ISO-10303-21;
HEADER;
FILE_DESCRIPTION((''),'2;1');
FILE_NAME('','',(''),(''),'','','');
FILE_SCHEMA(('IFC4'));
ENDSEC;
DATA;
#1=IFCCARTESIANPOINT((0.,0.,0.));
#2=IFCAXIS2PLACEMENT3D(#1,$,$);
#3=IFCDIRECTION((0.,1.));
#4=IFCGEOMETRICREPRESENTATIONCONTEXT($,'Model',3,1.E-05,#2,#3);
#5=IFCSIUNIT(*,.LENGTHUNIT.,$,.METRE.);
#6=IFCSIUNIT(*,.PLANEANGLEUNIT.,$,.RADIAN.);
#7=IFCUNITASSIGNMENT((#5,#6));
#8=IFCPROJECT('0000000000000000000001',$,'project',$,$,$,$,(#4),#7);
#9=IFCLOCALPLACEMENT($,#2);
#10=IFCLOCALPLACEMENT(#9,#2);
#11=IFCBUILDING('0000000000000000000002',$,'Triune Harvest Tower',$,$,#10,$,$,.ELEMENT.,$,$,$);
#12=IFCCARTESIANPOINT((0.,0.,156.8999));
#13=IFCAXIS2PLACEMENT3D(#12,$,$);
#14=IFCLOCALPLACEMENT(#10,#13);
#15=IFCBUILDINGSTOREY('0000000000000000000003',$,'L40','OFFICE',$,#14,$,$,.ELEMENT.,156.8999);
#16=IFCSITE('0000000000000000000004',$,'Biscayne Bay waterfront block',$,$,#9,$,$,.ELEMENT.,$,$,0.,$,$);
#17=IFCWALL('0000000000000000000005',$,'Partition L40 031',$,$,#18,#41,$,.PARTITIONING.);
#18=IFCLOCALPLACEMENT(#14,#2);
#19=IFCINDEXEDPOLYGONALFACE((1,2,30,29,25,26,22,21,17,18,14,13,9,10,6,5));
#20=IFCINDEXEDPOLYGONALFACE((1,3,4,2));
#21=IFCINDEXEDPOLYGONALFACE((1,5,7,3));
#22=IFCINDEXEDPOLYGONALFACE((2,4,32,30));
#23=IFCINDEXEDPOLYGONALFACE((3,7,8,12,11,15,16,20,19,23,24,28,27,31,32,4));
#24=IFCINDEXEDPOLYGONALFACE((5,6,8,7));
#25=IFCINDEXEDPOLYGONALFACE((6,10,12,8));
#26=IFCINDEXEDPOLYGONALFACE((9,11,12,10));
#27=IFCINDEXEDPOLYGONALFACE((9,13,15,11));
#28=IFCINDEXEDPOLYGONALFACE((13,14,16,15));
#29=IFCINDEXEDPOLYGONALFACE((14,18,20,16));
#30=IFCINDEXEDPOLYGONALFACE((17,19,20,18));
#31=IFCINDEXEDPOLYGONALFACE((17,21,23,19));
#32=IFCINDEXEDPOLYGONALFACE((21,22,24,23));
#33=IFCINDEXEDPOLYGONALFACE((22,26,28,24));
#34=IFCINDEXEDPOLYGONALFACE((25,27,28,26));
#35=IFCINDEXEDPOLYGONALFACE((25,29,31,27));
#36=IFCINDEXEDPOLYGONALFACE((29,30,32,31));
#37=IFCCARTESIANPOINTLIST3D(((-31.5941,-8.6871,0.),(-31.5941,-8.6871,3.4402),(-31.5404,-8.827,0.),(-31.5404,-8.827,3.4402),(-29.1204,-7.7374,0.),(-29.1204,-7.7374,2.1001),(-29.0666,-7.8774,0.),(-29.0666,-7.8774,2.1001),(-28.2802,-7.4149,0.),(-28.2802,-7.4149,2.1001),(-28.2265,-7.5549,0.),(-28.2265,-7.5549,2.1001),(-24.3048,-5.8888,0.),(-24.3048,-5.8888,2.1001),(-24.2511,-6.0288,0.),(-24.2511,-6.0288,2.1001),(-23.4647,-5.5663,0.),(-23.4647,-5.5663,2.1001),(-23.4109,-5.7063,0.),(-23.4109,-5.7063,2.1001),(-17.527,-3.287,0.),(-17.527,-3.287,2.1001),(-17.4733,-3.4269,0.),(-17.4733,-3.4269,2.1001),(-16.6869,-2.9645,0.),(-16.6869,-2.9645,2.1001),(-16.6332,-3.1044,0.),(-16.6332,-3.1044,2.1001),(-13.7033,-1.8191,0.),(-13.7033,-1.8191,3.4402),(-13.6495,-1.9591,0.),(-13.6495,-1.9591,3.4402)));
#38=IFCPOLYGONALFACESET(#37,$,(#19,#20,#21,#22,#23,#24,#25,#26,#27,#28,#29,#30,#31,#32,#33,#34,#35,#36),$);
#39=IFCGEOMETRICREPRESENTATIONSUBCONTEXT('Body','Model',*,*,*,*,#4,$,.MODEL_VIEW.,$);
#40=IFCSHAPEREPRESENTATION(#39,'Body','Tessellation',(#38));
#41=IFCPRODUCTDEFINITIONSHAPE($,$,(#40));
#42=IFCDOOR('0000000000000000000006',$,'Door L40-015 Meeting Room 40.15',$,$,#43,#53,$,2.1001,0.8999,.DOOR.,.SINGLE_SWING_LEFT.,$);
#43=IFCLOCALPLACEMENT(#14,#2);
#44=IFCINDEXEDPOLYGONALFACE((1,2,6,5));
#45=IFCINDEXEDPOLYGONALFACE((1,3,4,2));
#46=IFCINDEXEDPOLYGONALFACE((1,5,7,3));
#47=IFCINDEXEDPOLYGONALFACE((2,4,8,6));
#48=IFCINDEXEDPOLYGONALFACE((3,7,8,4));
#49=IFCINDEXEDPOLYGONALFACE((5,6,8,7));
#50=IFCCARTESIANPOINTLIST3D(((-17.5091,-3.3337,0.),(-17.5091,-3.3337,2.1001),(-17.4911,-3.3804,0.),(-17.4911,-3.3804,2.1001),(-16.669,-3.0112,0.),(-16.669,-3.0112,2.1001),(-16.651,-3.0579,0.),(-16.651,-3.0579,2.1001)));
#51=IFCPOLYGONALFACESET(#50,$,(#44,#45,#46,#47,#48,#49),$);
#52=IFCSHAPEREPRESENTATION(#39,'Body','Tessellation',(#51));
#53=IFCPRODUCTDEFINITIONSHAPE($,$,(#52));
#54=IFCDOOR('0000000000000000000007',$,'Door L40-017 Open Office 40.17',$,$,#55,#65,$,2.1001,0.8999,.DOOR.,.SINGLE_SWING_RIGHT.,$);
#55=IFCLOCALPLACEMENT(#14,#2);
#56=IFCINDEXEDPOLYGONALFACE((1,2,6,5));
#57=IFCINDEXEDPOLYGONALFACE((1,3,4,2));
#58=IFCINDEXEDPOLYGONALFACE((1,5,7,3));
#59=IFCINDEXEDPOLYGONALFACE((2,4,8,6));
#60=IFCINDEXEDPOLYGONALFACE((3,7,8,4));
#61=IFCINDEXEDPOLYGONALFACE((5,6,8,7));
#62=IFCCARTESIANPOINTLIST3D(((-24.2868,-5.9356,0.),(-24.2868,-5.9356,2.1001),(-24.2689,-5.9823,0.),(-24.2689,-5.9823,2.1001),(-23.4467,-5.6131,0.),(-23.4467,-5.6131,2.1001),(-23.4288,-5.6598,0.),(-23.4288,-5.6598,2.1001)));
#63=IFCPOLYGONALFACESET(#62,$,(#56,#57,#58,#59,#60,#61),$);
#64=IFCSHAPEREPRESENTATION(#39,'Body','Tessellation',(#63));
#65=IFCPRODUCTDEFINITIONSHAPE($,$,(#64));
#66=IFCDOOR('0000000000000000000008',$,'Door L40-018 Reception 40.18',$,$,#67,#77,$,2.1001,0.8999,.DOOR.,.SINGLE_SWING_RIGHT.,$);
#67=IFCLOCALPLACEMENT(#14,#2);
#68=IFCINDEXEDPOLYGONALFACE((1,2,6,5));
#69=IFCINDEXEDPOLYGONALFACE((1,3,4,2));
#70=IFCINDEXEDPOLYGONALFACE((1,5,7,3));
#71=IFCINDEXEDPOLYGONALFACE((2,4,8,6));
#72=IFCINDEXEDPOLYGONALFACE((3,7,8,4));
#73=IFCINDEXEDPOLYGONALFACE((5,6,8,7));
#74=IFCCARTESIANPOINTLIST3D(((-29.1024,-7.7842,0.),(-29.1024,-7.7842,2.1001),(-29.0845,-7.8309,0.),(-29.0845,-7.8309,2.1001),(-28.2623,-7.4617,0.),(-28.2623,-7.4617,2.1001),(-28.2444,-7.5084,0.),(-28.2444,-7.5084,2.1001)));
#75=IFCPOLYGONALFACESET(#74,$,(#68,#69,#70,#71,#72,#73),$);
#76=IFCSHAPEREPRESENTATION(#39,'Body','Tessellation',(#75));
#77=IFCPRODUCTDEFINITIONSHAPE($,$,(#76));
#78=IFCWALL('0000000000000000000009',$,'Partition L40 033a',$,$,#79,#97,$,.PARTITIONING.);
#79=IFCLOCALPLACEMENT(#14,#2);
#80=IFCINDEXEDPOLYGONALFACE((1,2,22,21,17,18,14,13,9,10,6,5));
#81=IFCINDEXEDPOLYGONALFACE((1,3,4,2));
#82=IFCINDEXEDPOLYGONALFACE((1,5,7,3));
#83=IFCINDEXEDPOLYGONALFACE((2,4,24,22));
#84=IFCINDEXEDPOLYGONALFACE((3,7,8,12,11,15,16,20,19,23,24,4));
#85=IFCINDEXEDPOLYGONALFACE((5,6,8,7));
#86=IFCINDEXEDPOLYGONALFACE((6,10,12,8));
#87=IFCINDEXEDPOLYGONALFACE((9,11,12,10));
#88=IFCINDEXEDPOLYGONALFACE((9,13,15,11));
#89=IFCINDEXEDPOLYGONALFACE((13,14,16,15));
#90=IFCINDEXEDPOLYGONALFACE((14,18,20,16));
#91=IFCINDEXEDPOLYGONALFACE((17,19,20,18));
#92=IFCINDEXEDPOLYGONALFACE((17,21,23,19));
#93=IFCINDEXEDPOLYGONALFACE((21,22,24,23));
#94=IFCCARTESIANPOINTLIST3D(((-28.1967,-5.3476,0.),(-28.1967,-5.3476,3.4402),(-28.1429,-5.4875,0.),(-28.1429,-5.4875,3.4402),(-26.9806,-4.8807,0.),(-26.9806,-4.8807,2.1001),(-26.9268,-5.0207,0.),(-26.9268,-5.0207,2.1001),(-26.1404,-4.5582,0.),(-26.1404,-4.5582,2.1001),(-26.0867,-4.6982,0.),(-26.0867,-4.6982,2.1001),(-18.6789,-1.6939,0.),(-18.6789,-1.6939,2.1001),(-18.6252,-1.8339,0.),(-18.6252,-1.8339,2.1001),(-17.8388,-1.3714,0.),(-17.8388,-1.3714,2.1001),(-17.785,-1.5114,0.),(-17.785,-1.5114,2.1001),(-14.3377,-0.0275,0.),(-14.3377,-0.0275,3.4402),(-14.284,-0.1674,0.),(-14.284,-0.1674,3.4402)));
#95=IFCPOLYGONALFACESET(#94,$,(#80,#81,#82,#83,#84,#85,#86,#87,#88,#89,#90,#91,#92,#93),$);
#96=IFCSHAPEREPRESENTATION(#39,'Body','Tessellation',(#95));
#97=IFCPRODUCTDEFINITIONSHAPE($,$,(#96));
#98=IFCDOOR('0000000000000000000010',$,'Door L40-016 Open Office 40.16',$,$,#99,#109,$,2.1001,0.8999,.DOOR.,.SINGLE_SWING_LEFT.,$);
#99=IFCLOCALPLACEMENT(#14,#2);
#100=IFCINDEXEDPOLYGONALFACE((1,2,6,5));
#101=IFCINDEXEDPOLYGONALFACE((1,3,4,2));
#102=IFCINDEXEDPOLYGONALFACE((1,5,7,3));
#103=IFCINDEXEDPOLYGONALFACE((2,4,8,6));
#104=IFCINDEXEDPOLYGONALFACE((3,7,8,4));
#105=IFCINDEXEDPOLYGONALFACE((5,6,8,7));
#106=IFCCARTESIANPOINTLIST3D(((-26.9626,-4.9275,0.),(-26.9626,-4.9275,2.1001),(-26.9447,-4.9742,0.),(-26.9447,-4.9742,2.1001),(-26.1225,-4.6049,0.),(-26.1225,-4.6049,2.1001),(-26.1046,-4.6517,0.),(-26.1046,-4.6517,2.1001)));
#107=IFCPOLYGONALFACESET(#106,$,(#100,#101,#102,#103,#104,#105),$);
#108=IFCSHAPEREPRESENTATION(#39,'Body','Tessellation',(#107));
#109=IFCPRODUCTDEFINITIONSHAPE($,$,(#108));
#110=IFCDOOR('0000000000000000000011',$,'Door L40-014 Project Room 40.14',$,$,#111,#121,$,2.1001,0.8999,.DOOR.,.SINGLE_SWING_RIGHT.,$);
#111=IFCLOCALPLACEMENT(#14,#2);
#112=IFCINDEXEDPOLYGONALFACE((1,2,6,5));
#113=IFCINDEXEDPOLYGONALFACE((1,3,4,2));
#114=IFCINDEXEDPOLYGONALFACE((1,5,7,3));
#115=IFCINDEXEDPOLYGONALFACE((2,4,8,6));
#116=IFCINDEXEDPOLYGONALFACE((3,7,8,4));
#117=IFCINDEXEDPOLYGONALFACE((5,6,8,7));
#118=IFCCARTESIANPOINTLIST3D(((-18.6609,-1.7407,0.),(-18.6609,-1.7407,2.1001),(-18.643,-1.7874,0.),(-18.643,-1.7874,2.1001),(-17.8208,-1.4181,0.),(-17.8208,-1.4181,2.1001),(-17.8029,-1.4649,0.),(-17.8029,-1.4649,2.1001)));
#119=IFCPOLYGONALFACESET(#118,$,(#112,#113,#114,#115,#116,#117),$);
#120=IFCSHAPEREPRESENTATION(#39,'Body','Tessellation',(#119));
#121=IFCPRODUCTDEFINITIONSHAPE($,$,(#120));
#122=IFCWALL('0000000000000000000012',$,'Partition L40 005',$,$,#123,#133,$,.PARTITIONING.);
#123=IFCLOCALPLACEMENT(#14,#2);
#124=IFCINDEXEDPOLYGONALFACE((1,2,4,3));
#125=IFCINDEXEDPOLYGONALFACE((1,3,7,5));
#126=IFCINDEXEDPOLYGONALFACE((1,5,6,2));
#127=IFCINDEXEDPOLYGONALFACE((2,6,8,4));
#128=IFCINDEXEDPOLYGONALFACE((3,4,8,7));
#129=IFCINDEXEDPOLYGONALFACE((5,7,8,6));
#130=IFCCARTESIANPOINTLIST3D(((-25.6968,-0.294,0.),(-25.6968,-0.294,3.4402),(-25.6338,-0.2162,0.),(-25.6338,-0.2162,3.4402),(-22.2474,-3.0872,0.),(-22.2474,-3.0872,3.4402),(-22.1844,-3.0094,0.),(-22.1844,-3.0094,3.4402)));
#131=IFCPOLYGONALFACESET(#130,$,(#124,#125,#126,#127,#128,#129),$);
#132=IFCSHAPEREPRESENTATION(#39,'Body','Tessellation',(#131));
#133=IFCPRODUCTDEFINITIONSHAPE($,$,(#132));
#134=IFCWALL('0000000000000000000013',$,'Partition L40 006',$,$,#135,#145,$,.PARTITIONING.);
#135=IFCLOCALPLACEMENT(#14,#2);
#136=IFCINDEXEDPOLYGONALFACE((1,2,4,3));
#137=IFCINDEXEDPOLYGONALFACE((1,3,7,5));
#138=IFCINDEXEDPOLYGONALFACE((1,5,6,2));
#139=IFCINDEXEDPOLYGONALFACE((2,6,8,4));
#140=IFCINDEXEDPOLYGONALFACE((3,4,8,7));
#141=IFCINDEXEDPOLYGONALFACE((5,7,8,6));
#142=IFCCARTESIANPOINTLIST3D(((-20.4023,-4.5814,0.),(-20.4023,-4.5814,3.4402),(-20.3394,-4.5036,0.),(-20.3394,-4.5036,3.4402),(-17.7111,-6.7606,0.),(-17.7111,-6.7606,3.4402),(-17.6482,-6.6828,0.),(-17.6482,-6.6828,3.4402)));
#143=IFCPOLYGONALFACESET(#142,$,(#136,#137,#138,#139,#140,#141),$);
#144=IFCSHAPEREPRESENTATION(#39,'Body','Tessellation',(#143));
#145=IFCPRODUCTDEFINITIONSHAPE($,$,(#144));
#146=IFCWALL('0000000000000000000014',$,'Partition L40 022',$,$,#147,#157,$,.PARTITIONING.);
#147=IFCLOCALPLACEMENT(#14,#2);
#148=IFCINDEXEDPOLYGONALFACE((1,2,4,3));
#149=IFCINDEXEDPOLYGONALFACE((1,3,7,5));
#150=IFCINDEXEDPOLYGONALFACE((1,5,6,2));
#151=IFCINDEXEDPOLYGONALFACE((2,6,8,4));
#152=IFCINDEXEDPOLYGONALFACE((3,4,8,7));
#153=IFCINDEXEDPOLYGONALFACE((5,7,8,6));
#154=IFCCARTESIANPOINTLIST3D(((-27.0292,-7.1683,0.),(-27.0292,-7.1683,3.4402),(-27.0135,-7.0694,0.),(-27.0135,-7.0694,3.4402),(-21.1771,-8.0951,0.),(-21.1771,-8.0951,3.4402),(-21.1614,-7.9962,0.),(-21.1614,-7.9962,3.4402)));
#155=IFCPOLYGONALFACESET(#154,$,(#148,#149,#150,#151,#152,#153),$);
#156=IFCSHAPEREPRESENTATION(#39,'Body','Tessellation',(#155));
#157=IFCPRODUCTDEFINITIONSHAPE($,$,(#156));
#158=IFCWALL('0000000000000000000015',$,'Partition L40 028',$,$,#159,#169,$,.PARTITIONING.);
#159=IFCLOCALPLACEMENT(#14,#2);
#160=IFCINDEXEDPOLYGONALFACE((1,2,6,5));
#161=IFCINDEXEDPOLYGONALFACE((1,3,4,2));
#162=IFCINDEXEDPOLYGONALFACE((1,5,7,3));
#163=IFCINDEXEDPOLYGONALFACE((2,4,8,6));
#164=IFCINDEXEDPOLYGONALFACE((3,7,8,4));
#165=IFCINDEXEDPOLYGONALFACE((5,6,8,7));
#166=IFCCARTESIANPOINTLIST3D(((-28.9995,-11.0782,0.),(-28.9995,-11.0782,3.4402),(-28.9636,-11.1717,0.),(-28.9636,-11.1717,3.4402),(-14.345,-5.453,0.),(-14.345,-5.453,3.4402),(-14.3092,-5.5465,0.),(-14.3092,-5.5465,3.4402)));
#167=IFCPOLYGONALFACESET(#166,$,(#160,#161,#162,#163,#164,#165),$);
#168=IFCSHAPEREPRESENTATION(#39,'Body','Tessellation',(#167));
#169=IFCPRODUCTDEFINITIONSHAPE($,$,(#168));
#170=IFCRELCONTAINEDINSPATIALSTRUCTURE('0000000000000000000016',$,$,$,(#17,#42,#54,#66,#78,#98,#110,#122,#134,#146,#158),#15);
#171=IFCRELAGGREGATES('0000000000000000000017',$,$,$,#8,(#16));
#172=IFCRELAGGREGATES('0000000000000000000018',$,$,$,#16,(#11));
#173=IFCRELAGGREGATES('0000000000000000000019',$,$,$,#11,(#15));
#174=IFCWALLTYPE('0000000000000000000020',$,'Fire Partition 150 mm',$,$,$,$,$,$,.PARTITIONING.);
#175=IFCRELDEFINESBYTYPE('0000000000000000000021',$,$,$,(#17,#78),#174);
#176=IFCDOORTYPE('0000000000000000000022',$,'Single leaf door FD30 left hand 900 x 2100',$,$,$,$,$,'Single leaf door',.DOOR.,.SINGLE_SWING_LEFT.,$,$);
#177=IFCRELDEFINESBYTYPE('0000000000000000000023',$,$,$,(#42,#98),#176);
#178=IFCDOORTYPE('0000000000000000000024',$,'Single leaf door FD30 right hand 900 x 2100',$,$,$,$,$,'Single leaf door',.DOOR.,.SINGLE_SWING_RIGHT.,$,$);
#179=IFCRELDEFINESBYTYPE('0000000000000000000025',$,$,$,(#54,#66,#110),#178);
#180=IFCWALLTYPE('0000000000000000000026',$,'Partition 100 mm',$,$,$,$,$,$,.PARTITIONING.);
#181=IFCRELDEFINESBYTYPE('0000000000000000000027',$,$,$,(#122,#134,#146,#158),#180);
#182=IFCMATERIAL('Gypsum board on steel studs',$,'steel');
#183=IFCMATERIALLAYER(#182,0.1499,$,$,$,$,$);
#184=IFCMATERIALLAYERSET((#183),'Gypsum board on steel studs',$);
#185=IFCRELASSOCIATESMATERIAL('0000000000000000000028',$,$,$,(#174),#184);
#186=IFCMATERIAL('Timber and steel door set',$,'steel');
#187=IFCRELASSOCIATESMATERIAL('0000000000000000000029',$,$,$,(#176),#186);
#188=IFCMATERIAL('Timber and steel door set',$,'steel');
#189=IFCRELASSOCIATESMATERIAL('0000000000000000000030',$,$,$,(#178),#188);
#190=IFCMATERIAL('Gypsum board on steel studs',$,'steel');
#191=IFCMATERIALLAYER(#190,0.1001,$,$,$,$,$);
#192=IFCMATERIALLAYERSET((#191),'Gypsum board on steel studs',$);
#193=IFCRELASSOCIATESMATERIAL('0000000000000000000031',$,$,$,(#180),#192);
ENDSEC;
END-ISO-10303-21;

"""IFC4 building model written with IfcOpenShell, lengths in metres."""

from ifc_helpers import new_model, si_unit, direction, frame, frame_2d, origin, place, context, subcontext, project, spatial, rectangle, extrude, material, layer, layer_set, type_object, element, fill, save


model = new_model("IFC4")

# Units and contexts
model_context = context("Model", 3, precision=1e-05, world=origin(), true_north=direction((0.0, 1.0)))
body_context = subcontext(model_context, "Body", "Model", "MODEL_VIEW")
ifc_project = project(units=[si_unit("LENGTHUNIT", "METRE"), si_unit("PLANEANGLEUNIT", "RADIAN")], contexts=[model_context])

# Site, building, storey
site_placement = place(None, origin())
site = spatial("IfcSite", under=ifc_project, at=site_placement, Name="Biscayne Bay waterfront block", CompositionType="ELEMENT", RefElevation=0.0)
building_placement = place(site_placement, origin())
building = spatial("IfcBuilding", under=site, at=building_placement, Name="Triune Harvest Tower", CompositionType="ELEMENT")
storey_placement = place(building_placement, frame((0.0, 0.0, 156.8999)))
storey = spatial("IfcBuildingStorey", under=building, at=storey_placement, Name="L40", Description="OFFICE", CompositionType="ELEMENT", Elevation=156.8999)

# Walls, openings, doors
ifc_material_1 = material(Name="Gypsum board on steel studs", Category="steel")
ifc_layer_1 = layer(ifc_material_1, 0.1499)
ifc_layer_set_1 = layer_set([ifc_layer_1], Name="Gypsum board on steel studs")
wall_type_1 = type_object("IfcWallType", Name="Fire Partition 150 mm", PredefinedType="PARTITIONING", material=ifc_layer_set_1)
wall_1_placement = place(storey_placement, frame((-31.5674, -8.7571, 0.0), z_axis=(0.0, 0.0, 1.0), x_axis=(0.933576, 0.35838, 0.0)))
wall_1 = element("IfcWall", 1, at=wall_1_placement, inside=storey, type_object=wall_type_1, Name="Partition L40 031", PredefinedType="PARTITIONING", context=body_context, shape_type="SweptSolid", body=[
    extrude(rectangle(XDim=19.1638, YDim=0.1499, at=frame_2d((9.582, 0.0))), origin(), (0.0, 0.0, 1.0), 3.4402),
])
opening_1_placement = place(wall_1_placement, frame((15.0681, 0.0, 0.0)))
opening_1 = element("IfcOpeningElement", 2, at=opening_1_placement, cuts=wall_1, PredefinedType="OPENING", context=body_context, shape_type="SweptSolid", body=[
    extrude(rectangle(XDim=0.8999, YDim=2.1001, at=frame_2d((0.45, 1.05))), frame((0.0, 0.085, 0.0), z_axis=(0.0, -1.0, 0.0), x_axis=(1.0, 0.0, 0.0)), (0.0, 0.0, 1.0), 0.1699),
])
opening_2_placement = place(wall_1_placement, frame((7.8081, 0.0, 0.0)))
opening_2 = element("IfcOpeningElement", 3, at=opening_2_placement, cuts=wall_1, PredefinedType="OPENING", context=body_context, shape_type="SweptSolid", body=[
    extrude(rectangle(XDim=0.8999, YDim=2.1001, at=frame_2d((0.45, 1.05))), frame((0.0, 0.085, 0.0), z_axis=(0.0, -1.0, 0.0), x_axis=(1.0, 0.0, 0.0)), (0.0, 0.0, 1.0), 0.1699),
])
opening_3_placement = place(wall_1_placement, frame((2.6499, 0.0, 0.0)))
opening_3 = element("IfcOpeningElement", 4, at=opening_3_placement, cuts=wall_1, PredefinedType="OPENING", context=body_context, shape_type="SweptSolid", body=[
    extrude(rectangle(XDim=0.8999, YDim=2.1001, at=frame_2d((0.45, 1.05))), frame((0.0, 0.085, 0.0), z_axis=(0.0, -1.0, 0.0), x_axis=(1.0, 0.0, 0.0)), (0.0, 0.0, 1.0), 0.1699),
])
ifc_material_2 = material(Name="Timber and steel door set", Category="steel")
door_type_1 = type_object("IfcDoorType", Name="Single leaf door FD30 left hand 900 x 2100", ElementType="Single leaf door", OperationType="SINGLE_SWING_LEFT", PredefinedType="DOOR", material=ifc_material_2)
door_1_placement = place(opening_1_placement, origin())
door_1 = element("IfcDoor", 5, at=door_1_placement, inside=storey, type_object=door_type_1, Name="Door L40-015 Meeting Room 40.15", OperationType="SINGLE_SWING_LEFT", OverallHeight=2.1001, OverallWidth=0.8999, PredefinedType="DOOR", context=body_context, shape_type="SweptSolid", body=[
    extrude(rectangle(XDim=0.8999, YDim=2.1001, at=frame_2d((0.45, 1.05))), frame((0.0, 0.0249, 0.0), z_axis=(0.0, -1.0, 0.0), x_axis=(1.0, 0.0, 0.0)), (0.0, 0.0, 1.0), 0.05),
])
fill(opening_1, door_1)
ifc_material_3 = material(Name="Timber and steel door set", Category="steel")
door_type_2 = type_object("IfcDoorType", Name="Single leaf door FD30 right hand 900 x 2100", ElementType="Single leaf door", OperationType="SINGLE_SWING_RIGHT", PredefinedType="DOOR", material=ifc_material_3)
door_2_placement = place(opening_2_placement, origin())
door_2 = element("IfcDoor", 6, at=door_2_placement, inside=storey, type_object=door_type_2, Name="Door L40-017 Open Office 40.17", OperationType="SINGLE_SWING_RIGHT", OverallHeight=2.1001, OverallWidth=0.8999, PredefinedType="DOOR", context=body_context, shape_type="SweptSolid", body=[
    extrude(rectangle(XDim=0.8999, YDim=2.1001, at=frame_2d((0.45, 1.05))), frame((0.0, 0.0249, 0.0), z_axis=(0.0, -1.0, 0.0), x_axis=(1.0, 0.0, 0.0)), (0.0, 0.0, 1.0), 0.05),
])
fill(opening_2, door_2)
door_3_placement = place(opening_3_placement, origin())
door_3 = element("IfcDoor", 7, at=door_3_placement, inside=storey, type_object=door_type_2, Name="Door L40-018 Reception 40.18", OperationType="SINGLE_SWING_RIGHT", OverallHeight=2.1001, OverallWidth=0.8999, PredefinedType="DOOR", context=body_context, shape_type="SweptSolid", body=[
    extrude(rectangle(XDim=0.8999, YDim=2.1001, at=frame_2d((0.45, 1.05))), frame((0.0, 0.0249, 0.0), z_axis=(0.0, -1.0, 0.0), x_axis=(1.0, 0.0, 0.0)), (0.0, 0.0, 1.0), 0.05),
])
fill(opening_3, door_3)
wall_2_placement = place(storey_placement, frame((-28.1697, -5.4175, 0.0), z_axis=(0.0, 0.0, 1.0), x_axis=(0.933577, 0.358376, 0.0)))
wall_2 = element("IfcWall", 8, at=wall_2_placement, inside=storey, type_object=wall_type_1, Name="Partition L40 033a", PredefinedType="PARTITIONING", context=body_context, shape_type="SweptSolid", body=[
    extrude(rectangle(XDim=14.845, YDim=0.1499, at=frame_2d((7.4224, 0.0))), origin(), (0.0, 0.0, 1.0), 3.4402),
])
opening_4_placement = place(wall_2_placement, frame((10.1948, 0.0, 0.0)))
opening_4 = element("IfcOpeningElement", 9, at=opening_4_placement, cuts=wall_2, PredefinedType="OPENING", context=body_context, shape_type="SweptSolid", body=[
    extrude(rectangle(XDim=0.8999, YDim=2.1001, at=frame_2d((0.45, 1.05))), frame((0.0, 0.085, 0.0), z_axis=(0.0, -1.0, 0.0), x_axis=(1.0, 0.0, 0.0)), (0.0, 0.0, 1.0), 0.1699),
])
opening_5_placement = place(wall_2_placement, frame((1.3025, 0.0, 0.0)))
opening_5 = element("IfcOpeningElement", 10, at=opening_5_placement, cuts=wall_2, PredefinedType="OPENING", context=body_context, shape_type="SweptSolid", body=[
    extrude(rectangle(XDim=0.8999, YDim=2.1001, at=frame_2d((0.45, 1.05))), frame((0.0, 0.085, 0.0), z_axis=(0.0, -1.0, 0.0), x_axis=(1.0, 0.0, 0.0)), (0.0, 0.0, 1.0), 0.1699),
])
door_4_placement = place(opening_5_placement, origin())
door_4 = element("IfcDoor", 11, at=door_4_placement, inside=storey, type_object=door_type_1, Name="Door L40-016 Open Office 40.16", OperationType="SINGLE_SWING_LEFT", OverallHeight=2.1001, OverallWidth=0.8999, PredefinedType="DOOR", context=body_context, shape_type="SweptSolid", body=[
    extrude(rectangle(XDim=0.8999, YDim=2.1001, at=frame_2d((0.45, 1.05))), frame((0.0, 0.0249, 0.0), z_axis=(0.0, -1.0, 0.0), x_axis=(1.0, 0.0, 0.0)), (0.0, 0.0, 1.0), 0.05),
])
fill(opening_5, door_4)
door_5_placement = place(opening_4_placement, origin())
door_5 = element("IfcDoor", 12, at=door_5_placement, inside=storey, type_object=door_type_2, Name="Door L40-014 Project Room 40.14", OperationType="SINGLE_SWING_RIGHT", OverallHeight=2.1001, OverallWidth=0.8999, PredefinedType="DOOR", context=body_context, shape_type="SweptSolid", body=[
    extrude(rectangle(XDim=0.8999, YDim=2.1001, at=frame_2d((0.45, 1.05))), frame((0.0, 0.0249, 0.0), z_axis=(0.0, -1.0, 0.0), x_axis=(1.0, 0.0, 0.0)), (0.0, 0.0, 1.0), 0.05),
])
fill(opening_4, door_5)

# Walls
ifc_material_4 = material(Name="Gypsum board on steel studs", Category="steel")
ifc_layer_2 = layer(ifc_material_4, 0.1001)
ifc_layer_set_2 = layer_set([ifc_layer_2], Name="Gypsum board on steel studs")
wall_type_2 = type_object("IfcWallType", Name="Partition 100 mm", PredefinedType="PARTITIONING", material=ifc_layer_set_2)
wall_3_placement = place(storey_placement, frame((-25.6653, -0.2551, 0.0), z_axis=(0.0, 0.0, 1.0), x_axis=(0.777158, -0.629306, 0.0)))
element("IfcWall", 13, at=wall_3_placement, inside=storey, type_object=wall_type_2, Name="Partition L40 005", PredefinedType="PARTITIONING", context=body_context, shape_type="SweptSolid", body=[
    extrude(rectangle(XDim=4.4385, YDim=0.1001, at=frame_2d((2.2192, 0.0))), origin(), (0.0, 0.0, 1.0), 3.4402),
])
wall_4_placement = place(storey_placement, frame((-20.3708, -4.5425, 0.0), z_axis=(0.0, 0.0, 1.0), x_axis=(0.777155, -0.62931, 0.0)))
element("IfcWall", 14, at=wall_4_placement, inside=storey, type_object=wall_type_2, Name="Partition L40 006", PredefinedType="PARTITIONING", context=body_context, shape_type="SweptSolid", body=[
    extrude(rectangle(XDim=3.4629, YDim=0.1001, at=frame_2d((1.7314, 0.0))), origin(), (0.0, 0.0, 1.0), 3.4402),
])
wall_5_placement = place(storey_placement, frame((-27.0212, -7.1189, 0.0), z_axis=(0.0, 0.0, 1.0), x_axis=(0.987691, -0.156415, 0.0)))
element("IfcWall", 15, at=wall_5_placement, inside=storey, type_object=wall_type_2, Name="Partition L40 022", PredefinedType="PARTITIONING", context=body_context, shape_type="SweptSolid", body=[
    extrude(rectangle(XDim=5.925, YDim=0.1001, at=frame_2d((2.9624, 0.0))), origin(), (0.0, 0.0, 1.0), 3.4402),
])
wall_6_placement = place(storey_placement, frame((-28.9817, -11.125, 0.0), z_axis=(0.0, 0.0, 1.0), x_axis=(0.933583, 0.358362, 0.0)))
element("IfcWall", 16, at=wall_6_placement, inside=storey, type_object=wall_type_2, Name="Partition L40 028", PredefinedType="PARTITIONING", context=body_context, shape_type="SweptSolid", body=[
    extrude(rectangle(XDim=15.697, YDim=0.1001, at=frame_2d((7.8486, 0.0))), origin(), (0.0, 0.0, 1.0), 3.4402),
])

save(model, "model.ifc")
